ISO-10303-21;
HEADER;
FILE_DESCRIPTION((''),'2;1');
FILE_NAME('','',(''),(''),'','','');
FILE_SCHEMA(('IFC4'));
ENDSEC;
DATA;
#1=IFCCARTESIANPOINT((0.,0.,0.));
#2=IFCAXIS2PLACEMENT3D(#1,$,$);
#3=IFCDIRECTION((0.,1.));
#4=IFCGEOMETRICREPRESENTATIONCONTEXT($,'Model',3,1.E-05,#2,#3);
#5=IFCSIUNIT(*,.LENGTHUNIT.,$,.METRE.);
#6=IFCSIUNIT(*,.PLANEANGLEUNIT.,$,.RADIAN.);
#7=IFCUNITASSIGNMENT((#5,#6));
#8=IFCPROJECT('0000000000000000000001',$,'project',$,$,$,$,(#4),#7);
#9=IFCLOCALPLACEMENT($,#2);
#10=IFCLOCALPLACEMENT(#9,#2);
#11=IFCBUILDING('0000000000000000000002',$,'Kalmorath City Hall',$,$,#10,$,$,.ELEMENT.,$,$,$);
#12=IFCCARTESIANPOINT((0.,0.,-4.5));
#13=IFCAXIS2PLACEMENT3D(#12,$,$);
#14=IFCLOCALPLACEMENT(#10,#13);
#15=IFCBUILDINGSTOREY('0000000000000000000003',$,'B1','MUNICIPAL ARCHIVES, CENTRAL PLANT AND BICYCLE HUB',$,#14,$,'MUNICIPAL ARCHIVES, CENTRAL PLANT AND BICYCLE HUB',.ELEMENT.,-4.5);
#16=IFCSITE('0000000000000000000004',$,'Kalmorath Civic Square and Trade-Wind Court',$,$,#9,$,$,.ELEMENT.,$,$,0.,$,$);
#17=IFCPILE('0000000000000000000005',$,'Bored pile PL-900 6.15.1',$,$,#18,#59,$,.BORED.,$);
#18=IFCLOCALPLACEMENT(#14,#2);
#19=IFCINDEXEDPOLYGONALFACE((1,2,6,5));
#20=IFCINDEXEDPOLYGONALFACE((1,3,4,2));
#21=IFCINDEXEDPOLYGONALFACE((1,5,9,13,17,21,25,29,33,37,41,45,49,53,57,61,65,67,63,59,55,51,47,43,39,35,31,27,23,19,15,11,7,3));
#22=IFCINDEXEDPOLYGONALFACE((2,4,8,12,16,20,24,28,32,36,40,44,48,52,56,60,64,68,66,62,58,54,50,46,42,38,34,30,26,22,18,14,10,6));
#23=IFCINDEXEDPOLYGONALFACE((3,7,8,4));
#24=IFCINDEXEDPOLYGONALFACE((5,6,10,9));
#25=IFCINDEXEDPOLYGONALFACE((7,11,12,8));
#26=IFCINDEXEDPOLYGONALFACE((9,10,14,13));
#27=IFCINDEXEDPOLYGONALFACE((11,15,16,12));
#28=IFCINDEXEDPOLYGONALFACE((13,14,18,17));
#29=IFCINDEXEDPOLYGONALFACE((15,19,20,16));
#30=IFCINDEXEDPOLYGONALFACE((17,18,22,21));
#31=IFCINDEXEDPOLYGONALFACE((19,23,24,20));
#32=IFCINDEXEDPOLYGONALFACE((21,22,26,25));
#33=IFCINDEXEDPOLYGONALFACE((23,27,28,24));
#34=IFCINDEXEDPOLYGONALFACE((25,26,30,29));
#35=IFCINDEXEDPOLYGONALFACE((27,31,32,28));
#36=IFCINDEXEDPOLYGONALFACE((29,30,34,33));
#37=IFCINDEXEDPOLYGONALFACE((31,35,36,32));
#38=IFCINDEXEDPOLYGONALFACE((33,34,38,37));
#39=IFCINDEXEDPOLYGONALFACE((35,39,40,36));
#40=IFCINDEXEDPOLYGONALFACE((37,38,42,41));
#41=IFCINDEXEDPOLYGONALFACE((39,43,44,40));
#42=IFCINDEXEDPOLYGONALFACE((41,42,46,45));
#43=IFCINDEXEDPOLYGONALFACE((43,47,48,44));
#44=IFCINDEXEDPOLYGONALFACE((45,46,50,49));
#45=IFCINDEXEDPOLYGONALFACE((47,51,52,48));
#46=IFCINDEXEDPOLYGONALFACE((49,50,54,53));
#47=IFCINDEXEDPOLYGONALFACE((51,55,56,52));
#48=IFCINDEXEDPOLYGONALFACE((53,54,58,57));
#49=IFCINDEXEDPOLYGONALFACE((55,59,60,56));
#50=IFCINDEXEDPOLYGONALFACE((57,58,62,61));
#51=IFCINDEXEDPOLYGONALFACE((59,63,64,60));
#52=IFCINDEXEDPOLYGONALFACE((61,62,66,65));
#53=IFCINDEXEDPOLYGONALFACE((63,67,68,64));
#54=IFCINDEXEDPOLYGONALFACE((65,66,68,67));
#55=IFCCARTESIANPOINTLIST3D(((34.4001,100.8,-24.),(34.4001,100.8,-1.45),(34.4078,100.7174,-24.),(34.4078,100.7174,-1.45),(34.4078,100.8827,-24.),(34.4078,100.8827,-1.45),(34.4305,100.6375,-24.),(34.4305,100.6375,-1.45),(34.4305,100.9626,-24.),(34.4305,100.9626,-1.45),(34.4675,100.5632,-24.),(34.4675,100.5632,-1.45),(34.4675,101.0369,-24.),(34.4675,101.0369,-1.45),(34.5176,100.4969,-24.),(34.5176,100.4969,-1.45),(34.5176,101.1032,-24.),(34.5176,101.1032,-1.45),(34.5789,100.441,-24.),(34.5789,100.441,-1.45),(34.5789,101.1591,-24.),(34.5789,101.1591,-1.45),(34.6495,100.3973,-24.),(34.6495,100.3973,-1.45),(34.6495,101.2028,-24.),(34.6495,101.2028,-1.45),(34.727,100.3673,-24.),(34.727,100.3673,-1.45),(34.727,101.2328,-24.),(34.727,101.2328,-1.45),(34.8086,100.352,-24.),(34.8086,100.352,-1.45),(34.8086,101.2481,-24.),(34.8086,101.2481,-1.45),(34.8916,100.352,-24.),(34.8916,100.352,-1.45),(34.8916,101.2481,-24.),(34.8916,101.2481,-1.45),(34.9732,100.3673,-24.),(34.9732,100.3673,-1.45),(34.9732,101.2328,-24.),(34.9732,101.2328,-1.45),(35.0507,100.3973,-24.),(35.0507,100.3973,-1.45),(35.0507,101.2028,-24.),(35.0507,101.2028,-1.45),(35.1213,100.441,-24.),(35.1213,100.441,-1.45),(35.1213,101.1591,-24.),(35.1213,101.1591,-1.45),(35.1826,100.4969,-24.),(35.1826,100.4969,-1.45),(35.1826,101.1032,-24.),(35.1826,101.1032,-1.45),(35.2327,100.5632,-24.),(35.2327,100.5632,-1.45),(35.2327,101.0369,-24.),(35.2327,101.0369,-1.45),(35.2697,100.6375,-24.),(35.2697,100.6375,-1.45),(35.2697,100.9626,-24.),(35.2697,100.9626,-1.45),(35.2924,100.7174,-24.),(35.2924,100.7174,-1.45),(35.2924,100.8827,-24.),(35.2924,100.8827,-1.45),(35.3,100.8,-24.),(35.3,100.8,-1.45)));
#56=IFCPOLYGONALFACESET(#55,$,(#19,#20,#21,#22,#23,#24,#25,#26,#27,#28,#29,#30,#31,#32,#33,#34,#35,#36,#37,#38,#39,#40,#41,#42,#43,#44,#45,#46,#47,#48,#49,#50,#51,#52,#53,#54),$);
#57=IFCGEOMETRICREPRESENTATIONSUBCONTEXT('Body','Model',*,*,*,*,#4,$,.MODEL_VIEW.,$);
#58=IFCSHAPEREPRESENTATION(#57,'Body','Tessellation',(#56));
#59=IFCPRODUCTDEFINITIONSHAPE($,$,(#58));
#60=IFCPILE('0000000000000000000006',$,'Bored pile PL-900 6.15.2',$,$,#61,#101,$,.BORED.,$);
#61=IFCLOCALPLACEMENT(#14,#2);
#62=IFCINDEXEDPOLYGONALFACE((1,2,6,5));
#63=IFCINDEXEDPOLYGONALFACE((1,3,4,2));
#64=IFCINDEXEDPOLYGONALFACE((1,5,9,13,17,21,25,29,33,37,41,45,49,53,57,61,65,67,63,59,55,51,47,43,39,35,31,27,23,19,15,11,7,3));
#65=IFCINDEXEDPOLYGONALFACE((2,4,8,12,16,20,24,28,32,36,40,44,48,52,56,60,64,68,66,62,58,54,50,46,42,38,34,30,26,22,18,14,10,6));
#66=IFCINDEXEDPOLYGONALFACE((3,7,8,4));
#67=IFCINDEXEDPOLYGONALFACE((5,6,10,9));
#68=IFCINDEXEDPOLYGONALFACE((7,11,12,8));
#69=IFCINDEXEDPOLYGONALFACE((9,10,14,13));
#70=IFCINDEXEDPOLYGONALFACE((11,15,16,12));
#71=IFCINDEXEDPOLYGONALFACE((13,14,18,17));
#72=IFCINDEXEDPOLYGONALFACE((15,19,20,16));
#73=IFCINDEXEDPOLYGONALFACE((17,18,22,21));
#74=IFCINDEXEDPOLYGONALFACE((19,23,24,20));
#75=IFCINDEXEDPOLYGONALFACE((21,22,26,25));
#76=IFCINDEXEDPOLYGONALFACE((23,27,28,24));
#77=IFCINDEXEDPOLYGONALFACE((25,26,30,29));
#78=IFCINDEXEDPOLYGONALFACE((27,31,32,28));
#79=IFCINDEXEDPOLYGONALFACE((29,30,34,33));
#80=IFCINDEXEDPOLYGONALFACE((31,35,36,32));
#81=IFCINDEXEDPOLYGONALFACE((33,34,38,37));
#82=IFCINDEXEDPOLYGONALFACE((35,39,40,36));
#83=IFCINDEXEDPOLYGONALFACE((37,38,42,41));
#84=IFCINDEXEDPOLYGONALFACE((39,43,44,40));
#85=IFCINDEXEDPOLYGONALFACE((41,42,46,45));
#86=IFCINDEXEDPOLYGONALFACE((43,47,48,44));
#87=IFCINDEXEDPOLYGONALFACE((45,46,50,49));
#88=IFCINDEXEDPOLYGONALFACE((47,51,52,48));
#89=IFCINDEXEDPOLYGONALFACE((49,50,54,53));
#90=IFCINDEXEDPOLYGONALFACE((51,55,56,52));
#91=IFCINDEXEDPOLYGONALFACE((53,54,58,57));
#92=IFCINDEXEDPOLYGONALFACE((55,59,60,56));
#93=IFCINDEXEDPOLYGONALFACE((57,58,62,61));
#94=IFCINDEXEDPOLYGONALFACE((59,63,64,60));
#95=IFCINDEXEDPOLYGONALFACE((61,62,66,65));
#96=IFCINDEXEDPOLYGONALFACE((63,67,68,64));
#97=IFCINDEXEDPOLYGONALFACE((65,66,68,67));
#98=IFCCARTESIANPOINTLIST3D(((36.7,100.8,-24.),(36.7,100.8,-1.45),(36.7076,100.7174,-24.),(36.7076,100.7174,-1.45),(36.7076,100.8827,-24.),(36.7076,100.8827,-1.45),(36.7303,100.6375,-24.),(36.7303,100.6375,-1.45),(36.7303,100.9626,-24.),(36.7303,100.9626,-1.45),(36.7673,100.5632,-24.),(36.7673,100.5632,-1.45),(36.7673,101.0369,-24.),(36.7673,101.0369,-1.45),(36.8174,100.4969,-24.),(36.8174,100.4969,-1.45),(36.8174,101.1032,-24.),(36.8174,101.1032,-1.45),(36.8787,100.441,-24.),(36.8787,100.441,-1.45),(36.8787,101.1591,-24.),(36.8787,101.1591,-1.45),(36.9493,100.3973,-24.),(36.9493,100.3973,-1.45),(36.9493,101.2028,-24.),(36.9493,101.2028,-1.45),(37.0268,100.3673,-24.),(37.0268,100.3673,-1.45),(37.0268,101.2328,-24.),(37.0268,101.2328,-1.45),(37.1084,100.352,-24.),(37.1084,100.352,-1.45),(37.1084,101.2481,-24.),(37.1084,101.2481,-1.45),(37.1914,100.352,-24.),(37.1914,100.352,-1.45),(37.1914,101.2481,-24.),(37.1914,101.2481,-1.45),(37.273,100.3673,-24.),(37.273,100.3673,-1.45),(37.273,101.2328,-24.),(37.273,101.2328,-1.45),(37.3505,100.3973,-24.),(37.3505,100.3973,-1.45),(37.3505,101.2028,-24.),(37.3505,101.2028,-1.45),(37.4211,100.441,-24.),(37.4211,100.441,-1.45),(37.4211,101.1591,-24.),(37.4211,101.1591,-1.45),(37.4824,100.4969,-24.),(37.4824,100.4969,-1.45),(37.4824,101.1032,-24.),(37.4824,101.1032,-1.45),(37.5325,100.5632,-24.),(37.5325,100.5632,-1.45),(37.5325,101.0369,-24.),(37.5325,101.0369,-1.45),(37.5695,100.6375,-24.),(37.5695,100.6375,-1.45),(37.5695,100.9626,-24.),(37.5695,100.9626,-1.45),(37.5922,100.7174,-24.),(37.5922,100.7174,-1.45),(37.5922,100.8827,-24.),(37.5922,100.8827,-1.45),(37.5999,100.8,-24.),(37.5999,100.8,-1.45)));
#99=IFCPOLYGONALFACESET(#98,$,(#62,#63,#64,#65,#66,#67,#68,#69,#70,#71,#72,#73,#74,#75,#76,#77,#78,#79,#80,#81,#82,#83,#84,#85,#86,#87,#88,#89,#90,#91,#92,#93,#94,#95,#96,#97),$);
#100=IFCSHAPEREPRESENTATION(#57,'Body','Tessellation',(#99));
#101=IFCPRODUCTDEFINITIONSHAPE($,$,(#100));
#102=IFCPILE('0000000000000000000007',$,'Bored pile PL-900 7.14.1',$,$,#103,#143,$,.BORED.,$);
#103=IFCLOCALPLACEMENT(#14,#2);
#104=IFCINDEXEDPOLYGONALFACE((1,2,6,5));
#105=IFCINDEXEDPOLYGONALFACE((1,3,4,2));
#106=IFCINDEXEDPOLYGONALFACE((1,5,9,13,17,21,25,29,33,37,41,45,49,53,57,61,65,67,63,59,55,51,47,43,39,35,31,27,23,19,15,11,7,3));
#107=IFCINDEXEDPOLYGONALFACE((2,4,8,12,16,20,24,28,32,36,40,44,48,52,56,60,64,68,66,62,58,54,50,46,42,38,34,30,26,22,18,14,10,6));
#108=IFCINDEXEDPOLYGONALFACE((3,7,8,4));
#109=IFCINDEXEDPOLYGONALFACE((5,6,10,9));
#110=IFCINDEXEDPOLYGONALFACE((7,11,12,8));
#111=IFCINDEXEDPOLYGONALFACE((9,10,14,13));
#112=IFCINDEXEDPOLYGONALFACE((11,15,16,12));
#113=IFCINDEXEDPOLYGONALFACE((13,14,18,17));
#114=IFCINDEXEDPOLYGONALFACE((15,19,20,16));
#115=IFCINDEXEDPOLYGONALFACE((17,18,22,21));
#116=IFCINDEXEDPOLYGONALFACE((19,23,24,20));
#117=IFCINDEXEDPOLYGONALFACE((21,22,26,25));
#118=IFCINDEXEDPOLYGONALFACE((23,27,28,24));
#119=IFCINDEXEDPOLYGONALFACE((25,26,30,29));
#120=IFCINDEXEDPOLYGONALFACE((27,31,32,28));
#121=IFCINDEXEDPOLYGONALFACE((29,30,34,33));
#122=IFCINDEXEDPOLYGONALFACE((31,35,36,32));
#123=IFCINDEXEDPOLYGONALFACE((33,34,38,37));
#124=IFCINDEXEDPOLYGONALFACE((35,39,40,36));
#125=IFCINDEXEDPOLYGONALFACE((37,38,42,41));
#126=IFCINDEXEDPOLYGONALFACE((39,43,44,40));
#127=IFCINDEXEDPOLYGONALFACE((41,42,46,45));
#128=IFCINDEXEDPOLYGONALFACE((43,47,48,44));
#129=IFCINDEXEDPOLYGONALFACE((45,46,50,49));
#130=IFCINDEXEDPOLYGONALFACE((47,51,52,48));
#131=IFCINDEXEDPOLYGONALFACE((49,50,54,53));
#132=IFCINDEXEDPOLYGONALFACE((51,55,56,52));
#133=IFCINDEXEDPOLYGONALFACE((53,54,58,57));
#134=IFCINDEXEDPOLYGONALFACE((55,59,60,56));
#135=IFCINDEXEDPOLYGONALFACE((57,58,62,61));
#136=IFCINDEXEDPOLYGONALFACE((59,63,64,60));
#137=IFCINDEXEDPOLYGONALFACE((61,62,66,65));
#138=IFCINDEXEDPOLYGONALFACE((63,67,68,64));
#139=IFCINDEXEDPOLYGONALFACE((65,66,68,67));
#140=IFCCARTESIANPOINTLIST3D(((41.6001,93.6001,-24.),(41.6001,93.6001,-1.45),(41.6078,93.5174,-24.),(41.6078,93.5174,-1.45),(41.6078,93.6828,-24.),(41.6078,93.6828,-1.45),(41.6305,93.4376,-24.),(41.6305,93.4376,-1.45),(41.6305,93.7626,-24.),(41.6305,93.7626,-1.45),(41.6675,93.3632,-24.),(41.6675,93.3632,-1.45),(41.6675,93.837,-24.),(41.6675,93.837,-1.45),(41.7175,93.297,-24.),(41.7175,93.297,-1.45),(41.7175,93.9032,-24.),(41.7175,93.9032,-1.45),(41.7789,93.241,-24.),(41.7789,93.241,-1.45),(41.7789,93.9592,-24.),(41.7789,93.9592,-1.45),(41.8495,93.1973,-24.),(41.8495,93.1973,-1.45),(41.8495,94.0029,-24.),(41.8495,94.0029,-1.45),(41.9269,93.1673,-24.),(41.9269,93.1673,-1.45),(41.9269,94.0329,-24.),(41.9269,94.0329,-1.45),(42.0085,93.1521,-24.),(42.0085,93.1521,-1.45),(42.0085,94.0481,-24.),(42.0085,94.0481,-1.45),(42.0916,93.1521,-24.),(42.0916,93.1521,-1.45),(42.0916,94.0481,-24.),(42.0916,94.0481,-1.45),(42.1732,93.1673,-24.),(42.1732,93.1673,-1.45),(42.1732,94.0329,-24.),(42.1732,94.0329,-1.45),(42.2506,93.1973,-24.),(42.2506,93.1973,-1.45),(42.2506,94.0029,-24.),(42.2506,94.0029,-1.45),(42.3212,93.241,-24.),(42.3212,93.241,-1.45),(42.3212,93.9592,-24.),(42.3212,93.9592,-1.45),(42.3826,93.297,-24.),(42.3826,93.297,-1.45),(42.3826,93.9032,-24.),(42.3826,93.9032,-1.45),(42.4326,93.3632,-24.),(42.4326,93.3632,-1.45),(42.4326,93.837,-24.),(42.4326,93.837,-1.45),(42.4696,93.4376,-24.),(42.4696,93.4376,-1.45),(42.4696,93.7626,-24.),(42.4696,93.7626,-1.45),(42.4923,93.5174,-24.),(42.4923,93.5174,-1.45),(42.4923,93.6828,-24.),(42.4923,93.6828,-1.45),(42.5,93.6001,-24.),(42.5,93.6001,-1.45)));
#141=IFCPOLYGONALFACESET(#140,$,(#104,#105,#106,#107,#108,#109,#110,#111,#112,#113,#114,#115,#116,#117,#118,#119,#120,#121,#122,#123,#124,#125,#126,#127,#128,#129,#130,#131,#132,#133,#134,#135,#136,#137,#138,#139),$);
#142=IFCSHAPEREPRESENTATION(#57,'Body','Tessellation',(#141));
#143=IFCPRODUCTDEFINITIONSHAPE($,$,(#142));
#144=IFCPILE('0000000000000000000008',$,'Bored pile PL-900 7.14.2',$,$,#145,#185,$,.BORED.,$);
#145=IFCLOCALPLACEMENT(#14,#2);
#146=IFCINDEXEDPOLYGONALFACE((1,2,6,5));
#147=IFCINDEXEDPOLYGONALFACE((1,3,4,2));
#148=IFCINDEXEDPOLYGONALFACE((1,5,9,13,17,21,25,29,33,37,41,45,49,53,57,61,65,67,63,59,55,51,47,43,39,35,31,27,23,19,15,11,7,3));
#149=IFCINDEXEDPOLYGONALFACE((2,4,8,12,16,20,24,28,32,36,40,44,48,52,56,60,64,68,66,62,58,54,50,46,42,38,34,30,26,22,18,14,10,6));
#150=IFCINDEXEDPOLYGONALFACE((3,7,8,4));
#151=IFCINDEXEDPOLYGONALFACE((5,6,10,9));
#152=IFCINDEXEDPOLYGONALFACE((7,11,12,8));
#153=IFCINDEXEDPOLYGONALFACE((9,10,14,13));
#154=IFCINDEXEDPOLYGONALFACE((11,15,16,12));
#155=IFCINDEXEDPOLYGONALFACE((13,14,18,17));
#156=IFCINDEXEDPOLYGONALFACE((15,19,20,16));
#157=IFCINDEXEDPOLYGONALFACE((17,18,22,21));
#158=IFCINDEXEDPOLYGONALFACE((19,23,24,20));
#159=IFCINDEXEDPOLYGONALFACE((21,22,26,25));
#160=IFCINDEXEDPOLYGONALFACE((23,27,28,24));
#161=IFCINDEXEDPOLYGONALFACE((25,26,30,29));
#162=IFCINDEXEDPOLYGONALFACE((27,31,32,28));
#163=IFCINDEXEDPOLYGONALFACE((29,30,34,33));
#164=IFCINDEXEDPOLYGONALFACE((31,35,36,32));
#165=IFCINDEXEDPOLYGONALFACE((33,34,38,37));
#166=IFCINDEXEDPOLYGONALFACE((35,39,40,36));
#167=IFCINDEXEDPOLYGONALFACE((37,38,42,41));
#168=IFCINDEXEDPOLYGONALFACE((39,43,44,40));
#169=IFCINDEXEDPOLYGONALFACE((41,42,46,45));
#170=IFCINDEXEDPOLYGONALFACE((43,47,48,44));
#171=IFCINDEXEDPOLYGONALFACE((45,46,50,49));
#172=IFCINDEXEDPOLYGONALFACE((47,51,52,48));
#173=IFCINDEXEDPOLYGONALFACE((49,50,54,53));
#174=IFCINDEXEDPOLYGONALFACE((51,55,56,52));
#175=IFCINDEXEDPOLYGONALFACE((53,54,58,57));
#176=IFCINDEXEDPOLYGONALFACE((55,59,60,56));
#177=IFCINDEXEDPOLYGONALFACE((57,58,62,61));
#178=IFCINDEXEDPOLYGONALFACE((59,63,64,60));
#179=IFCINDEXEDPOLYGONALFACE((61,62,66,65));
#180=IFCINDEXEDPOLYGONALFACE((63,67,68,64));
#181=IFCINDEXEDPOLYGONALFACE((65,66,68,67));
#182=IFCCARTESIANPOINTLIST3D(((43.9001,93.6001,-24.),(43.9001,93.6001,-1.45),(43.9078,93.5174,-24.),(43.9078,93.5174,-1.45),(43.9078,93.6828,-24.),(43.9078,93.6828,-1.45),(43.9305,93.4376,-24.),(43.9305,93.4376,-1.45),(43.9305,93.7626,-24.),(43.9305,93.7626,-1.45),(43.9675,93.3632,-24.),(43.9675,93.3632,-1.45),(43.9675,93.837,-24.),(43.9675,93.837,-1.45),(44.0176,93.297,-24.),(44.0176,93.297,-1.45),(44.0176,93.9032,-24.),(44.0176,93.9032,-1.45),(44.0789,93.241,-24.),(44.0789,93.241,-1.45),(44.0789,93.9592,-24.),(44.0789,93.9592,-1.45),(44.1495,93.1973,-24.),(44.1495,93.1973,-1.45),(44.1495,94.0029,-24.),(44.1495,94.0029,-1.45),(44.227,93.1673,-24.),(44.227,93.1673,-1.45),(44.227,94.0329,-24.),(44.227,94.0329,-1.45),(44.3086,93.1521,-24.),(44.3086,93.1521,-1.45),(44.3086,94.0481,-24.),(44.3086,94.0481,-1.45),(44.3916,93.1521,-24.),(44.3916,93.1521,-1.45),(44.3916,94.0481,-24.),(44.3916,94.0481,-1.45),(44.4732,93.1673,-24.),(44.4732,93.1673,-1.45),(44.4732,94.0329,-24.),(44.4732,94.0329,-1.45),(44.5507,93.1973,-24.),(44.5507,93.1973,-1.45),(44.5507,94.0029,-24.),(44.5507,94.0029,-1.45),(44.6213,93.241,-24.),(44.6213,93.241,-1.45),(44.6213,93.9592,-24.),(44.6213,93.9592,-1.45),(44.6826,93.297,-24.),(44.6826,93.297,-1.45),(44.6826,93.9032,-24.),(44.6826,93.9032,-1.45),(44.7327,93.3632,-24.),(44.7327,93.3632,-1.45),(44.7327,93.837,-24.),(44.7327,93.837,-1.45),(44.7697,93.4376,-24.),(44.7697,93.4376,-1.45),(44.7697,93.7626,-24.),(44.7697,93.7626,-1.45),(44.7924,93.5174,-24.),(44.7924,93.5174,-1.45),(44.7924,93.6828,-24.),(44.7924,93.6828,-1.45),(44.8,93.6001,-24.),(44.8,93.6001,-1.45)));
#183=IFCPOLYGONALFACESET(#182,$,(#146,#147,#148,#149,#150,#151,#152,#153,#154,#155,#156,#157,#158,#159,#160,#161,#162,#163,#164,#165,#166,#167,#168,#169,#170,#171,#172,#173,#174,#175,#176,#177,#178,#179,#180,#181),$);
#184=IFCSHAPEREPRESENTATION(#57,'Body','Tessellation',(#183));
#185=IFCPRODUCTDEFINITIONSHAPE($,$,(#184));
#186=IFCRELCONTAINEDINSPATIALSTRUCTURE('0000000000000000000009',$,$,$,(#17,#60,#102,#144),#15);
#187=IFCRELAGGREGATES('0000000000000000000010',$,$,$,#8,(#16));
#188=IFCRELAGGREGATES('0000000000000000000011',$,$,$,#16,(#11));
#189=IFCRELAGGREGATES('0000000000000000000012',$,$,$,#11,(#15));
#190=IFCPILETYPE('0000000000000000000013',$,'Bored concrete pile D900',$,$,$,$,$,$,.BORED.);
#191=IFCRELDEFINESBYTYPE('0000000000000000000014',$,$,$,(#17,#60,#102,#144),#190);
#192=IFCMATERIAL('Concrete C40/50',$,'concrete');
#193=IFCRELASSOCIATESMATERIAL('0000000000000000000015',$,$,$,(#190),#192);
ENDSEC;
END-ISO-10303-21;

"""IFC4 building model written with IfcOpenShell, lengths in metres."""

from ifc_helpers import new_model, si_unit, direction, frame, origin, origin_2d, place, context, subcontext, project, spatial, circle, extrude, material, material_profile, profile_set, type_object, element, save


model = new_model("IFC4")

# Units and contexts
model_context = context("Model", 3, precision=1e-05, world=origin(), true_north=direction((0.0, 1.0)))
body_context = subcontext(model_context, "Body", "Model", "MODEL_VIEW")
ifc_project = project(units=[si_unit("LENGTHUNIT", "METRE"), si_unit("PLANEANGLEUNIT", "RADIAN")], contexts=[model_context])

# Site, building, storey
site_placement = place(None, origin())
site = spatial("IfcSite", under=ifc_project, at=site_placement, Name="Kalmorath Civic Square and Trade-Wind Court", CompositionType="ELEMENT", RefElevation=0.0)
building_placement = place(site_placement, origin())
building = spatial("IfcBuilding", under=site, at=building_placement, Name="Kalmorath City Hall", CompositionType="ELEMENT")
storey_placement = place(building_placement, frame((0.0, 0.0, -4.5)))
storey = spatial("IfcBuildingStorey", under=building, at=storey_placement, Name="B1", Description="MUNICIPAL ARCHIVES, CENTRAL PLANT AND BICYCLE HUB", LongName="MUNICIPAL ARCHIVES, CENTRAL PLANT AND BICYCLE HUB", CompositionType="ELEMENT", Elevation=-4.5)

# Piles
ifc_material_1 = material(Name="Concrete C40/50", Category="concrete")
ifc_material_profile_1 = material_profile(ifc_material_1, circle(Radius=0.45, at=origin_2d()), Name="PILE-D900")
ifc_profile_set_1 = profile_set([ifc_material_profile_1], Name="Concrete C40/50")
pile_type = type_object("IfcPileType", Name="Bored concrete pile D900", PredefinedType="BORED", material=ifc_profile_set_1)
for number, where, z_axis, x_axis, name in (
    (1, (34.8501, 100.8, -1.45), (0.0, 0.0, -1.0), (1.0, 0.0, 0.0), "Bored pile PL-900 6.15.1"),
    (2, (37.1499, 100.8, -1.45), (0.0, 0.0, -1.0), (1.0, 0.0, 0.0), "Bored pile PL-900 6.15.2"),
    (3, (42.05, 93.6001, -1.45), (0.0, 0.0, -1.0), (1.0, 0.0, 0.0), "Bored pile PL-900 7.14.1"),
    (4, (44.3501, 93.6001, -1.45), (0.0, 0.0, -1.0), (1.0, 0.0, 0.0), "Bored pile PL-900 7.14.2"),
):
    element("IfcPile", number, at=place(storey_placement, frame(where, z_axis=z_axis, x_axis=x_axis)), inside=storey, type_object=pile_type, Name=name, PredefinedType="BORED", context=body_context, shape_type="SweptSolid", body=[
        extrude(circle(Radius=0.45, at=origin_2d()), origin(), (0.0, 0.0, 1.0), 22.55),
    ])

save(model, "model.ifc")
